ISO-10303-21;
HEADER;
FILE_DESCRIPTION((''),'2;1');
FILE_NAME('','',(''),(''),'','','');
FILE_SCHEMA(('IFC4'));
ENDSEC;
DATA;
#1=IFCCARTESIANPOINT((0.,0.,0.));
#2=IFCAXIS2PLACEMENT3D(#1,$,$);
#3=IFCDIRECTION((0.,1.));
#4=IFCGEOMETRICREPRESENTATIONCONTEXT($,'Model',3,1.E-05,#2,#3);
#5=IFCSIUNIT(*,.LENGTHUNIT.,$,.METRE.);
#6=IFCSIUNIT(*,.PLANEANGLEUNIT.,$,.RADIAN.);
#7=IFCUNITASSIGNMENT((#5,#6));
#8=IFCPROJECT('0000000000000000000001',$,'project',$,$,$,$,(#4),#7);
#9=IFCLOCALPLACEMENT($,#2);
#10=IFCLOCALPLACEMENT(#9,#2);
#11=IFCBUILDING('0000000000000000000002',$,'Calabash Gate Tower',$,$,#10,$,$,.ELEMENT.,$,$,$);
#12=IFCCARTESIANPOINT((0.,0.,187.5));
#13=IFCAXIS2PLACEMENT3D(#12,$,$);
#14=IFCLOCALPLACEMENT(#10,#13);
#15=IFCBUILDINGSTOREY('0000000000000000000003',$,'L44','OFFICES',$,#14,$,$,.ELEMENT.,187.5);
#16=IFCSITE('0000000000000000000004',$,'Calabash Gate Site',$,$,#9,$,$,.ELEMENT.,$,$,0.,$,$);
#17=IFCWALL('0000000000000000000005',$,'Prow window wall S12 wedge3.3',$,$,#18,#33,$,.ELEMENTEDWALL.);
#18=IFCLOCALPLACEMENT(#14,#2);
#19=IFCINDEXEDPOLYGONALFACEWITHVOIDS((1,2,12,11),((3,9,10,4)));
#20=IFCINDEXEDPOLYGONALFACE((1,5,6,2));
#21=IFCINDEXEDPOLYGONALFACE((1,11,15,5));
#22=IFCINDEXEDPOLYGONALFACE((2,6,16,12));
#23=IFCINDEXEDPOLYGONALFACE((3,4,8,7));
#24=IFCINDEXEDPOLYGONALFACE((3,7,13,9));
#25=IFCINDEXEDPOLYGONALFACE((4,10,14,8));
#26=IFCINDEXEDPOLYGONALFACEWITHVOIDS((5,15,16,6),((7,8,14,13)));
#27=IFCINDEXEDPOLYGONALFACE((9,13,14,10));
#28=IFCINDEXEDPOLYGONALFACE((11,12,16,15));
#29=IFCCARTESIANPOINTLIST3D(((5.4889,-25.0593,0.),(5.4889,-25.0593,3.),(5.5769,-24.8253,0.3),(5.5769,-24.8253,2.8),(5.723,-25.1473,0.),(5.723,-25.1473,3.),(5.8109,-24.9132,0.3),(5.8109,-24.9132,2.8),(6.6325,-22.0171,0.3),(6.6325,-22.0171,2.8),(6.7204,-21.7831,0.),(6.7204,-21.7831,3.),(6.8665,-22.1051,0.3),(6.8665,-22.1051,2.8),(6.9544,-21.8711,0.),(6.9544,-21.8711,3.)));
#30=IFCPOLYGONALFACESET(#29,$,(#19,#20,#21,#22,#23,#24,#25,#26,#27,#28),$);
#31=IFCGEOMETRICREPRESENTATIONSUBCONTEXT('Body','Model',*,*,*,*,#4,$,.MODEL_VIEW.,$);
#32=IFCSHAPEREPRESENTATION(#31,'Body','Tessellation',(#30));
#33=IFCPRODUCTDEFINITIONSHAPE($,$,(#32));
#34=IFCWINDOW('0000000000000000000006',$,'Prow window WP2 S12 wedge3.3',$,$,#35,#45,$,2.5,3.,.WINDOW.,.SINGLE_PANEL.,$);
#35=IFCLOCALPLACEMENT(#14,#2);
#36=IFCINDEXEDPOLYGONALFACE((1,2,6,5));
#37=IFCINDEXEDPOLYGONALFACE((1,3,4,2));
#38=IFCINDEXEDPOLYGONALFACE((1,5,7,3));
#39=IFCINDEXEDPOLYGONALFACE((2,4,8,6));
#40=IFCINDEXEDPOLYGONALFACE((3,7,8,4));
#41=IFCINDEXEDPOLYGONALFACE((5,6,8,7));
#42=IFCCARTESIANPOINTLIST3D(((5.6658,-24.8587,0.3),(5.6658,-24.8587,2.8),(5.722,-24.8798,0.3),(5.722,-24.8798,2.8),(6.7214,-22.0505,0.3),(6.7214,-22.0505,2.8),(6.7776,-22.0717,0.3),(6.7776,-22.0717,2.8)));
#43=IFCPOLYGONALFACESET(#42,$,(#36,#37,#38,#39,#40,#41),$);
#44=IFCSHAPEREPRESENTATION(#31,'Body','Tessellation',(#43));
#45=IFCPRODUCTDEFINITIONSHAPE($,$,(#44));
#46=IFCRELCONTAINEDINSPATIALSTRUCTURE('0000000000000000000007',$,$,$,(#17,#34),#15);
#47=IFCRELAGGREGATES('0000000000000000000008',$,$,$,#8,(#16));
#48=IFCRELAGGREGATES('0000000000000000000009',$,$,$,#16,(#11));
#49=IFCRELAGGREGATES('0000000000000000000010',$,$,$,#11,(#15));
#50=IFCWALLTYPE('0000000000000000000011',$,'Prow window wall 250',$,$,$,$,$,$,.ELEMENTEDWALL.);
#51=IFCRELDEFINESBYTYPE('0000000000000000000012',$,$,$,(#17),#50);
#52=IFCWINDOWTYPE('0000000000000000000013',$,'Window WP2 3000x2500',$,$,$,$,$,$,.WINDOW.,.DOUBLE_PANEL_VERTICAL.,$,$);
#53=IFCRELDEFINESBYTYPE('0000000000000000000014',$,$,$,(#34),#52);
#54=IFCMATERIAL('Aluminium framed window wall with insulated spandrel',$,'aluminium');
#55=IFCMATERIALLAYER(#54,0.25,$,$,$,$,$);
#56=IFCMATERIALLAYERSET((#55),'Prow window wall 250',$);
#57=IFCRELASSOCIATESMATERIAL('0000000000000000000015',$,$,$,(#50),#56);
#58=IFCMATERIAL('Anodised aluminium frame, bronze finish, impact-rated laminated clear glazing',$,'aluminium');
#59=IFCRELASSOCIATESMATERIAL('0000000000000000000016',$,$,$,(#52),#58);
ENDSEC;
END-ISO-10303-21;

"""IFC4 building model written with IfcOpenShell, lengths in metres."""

from ifc_helpers import new_model, si_unit, direction, frame, frame_2d, origin, place, context, subcontext, project, spatial, rectangle, extrude, material, layer, layer_set, type_object, element, fill, save


model = new_model("IFC4")

# Units and contexts
model_context = context("Model", 3, precision=1e-05, world=origin(), true_north=direction((0.0, 1.0)))
body_context = subcontext(model_context, "Body", "Model", "MODEL_VIEW")
ifc_project = project(units=[si_unit("LENGTHUNIT", "METRE"), si_unit("PLANEANGLEUNIT", "RADIAN")], contexts=[model_context])

# Site, building, storey
site_placement = place(None, origin())
site = spatial("IfcSite", under=ifc_project, at=site_placement, Name="Calabash Gate Site", CompositionType="ELEMENT", RefElevation=0.0)
building_placement = place(site_placement, origin())
building = spatial("IfcBuilding", under=site, at=building_placement, Name="Calabash Gate Tower", CompositionType="ELEMENT")
storey_placement = place(building_placement, frame((0.0, 0.0, 187.5)))
storey = spatial("IfcBuildingStorey", under=building, at=storey_placement, Name="L44", Description="OFFICES", CompositionType="ELEMENT", Elevation=187.5)

# Wall, opening, window
ifc_material_1 = material(Name="Aluminium framed window wall with insulated spandrel", Category="aluminium")
ifc_layer_1 = layer(ifc_material_1, 0.25)
ifc_layer_set_1 = layer_set([ifc_layer_1], Name="Prow window wall 250")
wall_type_1 = type_object("IfcWallType", Name="Prow window wall 250", PredefinedType="ELEMENTEDWALL", material=ifc_layer_set_1)
ifc_material_2 = material(Name="Anodised aluminium frame, bronze finish, impact-rated laminated clear glazing", Category="aluminium")
window_type_1 = type_object("IfcWindowType", Name="Window WP2 3000x2500", PartitioningType="DOUBLE_PANEL_VERTICAL", PredefinedType="WINDOW", material=ifc_material_2)
wall_1_placement = place(storey_placement, frame((5.606, -25.1033, 0.0), z_axis=(0.0, 0.0, 1.0), x_axis=(0.35185, 0.936057, 0.0)))
wall_1 = element("IfcWall", 1, at=wall_1_placement, inside=storey, type_object=wall_type_1, Name="Prow window wall S12 wedge3.3", PredefinedType="ELEMENTEDWALL", context=body_context, shape_type="SweptSolid", body=[
    extrude(rectangle(XDim=3.5, YDim=0.25, at=frame_2d((1.75, 0.0))), origin(), (0.0, 0.0, 1.0), 3.0),
])
opening_1_placement = place(wall_1_placement, frame((0.25, 0.0, 0.3)))
opening_1 = element("IfcOpeningElement", 2, at=opening_1_placement, cuts=wall_1, PredefinedType="OPENING", context=body_context, shape_type="SweptSolid", body=[
    extrude(rectangle(XDim=3.0, YDim=2.5, at=frame_2d((1.5, 1.25))), frame((0.0, 0.135, 0.0), z_axis=(0.0, -1.0, 0.0), x_axis=(1.0, 0.0, 0.0)), (0.0, 0.0, 1.0), 0.27),
])
window_1_placement = place(opening_1_placement, origin())
window_1 = element("IfcWindow", 3, at=window_1_placement, inside=storey, type_object=window_type_1, Name="Prow window WP2 S12 wedge3.3", OverallHeight=2.5, OverallWidth=3.0, PartitioningType="SINGLE_PANEL", PredefinedType="WINDOW", context=body_context, shape_type="SweptSolid", body=[
    extrude(rectangle(XDim=3.0, YDim=2.5, at=frame_2d((1.5, 1.25))), frame((0.0, 0.03, 0.0), z_axis=(0.0, -1.0, 0.0), x_axis=(1.0, 0.0, 0.0)), (0.0, 0.0, 1.0), 0.0601),
])
fill(opening_1, window_1)

save(model, "model.ifc")
